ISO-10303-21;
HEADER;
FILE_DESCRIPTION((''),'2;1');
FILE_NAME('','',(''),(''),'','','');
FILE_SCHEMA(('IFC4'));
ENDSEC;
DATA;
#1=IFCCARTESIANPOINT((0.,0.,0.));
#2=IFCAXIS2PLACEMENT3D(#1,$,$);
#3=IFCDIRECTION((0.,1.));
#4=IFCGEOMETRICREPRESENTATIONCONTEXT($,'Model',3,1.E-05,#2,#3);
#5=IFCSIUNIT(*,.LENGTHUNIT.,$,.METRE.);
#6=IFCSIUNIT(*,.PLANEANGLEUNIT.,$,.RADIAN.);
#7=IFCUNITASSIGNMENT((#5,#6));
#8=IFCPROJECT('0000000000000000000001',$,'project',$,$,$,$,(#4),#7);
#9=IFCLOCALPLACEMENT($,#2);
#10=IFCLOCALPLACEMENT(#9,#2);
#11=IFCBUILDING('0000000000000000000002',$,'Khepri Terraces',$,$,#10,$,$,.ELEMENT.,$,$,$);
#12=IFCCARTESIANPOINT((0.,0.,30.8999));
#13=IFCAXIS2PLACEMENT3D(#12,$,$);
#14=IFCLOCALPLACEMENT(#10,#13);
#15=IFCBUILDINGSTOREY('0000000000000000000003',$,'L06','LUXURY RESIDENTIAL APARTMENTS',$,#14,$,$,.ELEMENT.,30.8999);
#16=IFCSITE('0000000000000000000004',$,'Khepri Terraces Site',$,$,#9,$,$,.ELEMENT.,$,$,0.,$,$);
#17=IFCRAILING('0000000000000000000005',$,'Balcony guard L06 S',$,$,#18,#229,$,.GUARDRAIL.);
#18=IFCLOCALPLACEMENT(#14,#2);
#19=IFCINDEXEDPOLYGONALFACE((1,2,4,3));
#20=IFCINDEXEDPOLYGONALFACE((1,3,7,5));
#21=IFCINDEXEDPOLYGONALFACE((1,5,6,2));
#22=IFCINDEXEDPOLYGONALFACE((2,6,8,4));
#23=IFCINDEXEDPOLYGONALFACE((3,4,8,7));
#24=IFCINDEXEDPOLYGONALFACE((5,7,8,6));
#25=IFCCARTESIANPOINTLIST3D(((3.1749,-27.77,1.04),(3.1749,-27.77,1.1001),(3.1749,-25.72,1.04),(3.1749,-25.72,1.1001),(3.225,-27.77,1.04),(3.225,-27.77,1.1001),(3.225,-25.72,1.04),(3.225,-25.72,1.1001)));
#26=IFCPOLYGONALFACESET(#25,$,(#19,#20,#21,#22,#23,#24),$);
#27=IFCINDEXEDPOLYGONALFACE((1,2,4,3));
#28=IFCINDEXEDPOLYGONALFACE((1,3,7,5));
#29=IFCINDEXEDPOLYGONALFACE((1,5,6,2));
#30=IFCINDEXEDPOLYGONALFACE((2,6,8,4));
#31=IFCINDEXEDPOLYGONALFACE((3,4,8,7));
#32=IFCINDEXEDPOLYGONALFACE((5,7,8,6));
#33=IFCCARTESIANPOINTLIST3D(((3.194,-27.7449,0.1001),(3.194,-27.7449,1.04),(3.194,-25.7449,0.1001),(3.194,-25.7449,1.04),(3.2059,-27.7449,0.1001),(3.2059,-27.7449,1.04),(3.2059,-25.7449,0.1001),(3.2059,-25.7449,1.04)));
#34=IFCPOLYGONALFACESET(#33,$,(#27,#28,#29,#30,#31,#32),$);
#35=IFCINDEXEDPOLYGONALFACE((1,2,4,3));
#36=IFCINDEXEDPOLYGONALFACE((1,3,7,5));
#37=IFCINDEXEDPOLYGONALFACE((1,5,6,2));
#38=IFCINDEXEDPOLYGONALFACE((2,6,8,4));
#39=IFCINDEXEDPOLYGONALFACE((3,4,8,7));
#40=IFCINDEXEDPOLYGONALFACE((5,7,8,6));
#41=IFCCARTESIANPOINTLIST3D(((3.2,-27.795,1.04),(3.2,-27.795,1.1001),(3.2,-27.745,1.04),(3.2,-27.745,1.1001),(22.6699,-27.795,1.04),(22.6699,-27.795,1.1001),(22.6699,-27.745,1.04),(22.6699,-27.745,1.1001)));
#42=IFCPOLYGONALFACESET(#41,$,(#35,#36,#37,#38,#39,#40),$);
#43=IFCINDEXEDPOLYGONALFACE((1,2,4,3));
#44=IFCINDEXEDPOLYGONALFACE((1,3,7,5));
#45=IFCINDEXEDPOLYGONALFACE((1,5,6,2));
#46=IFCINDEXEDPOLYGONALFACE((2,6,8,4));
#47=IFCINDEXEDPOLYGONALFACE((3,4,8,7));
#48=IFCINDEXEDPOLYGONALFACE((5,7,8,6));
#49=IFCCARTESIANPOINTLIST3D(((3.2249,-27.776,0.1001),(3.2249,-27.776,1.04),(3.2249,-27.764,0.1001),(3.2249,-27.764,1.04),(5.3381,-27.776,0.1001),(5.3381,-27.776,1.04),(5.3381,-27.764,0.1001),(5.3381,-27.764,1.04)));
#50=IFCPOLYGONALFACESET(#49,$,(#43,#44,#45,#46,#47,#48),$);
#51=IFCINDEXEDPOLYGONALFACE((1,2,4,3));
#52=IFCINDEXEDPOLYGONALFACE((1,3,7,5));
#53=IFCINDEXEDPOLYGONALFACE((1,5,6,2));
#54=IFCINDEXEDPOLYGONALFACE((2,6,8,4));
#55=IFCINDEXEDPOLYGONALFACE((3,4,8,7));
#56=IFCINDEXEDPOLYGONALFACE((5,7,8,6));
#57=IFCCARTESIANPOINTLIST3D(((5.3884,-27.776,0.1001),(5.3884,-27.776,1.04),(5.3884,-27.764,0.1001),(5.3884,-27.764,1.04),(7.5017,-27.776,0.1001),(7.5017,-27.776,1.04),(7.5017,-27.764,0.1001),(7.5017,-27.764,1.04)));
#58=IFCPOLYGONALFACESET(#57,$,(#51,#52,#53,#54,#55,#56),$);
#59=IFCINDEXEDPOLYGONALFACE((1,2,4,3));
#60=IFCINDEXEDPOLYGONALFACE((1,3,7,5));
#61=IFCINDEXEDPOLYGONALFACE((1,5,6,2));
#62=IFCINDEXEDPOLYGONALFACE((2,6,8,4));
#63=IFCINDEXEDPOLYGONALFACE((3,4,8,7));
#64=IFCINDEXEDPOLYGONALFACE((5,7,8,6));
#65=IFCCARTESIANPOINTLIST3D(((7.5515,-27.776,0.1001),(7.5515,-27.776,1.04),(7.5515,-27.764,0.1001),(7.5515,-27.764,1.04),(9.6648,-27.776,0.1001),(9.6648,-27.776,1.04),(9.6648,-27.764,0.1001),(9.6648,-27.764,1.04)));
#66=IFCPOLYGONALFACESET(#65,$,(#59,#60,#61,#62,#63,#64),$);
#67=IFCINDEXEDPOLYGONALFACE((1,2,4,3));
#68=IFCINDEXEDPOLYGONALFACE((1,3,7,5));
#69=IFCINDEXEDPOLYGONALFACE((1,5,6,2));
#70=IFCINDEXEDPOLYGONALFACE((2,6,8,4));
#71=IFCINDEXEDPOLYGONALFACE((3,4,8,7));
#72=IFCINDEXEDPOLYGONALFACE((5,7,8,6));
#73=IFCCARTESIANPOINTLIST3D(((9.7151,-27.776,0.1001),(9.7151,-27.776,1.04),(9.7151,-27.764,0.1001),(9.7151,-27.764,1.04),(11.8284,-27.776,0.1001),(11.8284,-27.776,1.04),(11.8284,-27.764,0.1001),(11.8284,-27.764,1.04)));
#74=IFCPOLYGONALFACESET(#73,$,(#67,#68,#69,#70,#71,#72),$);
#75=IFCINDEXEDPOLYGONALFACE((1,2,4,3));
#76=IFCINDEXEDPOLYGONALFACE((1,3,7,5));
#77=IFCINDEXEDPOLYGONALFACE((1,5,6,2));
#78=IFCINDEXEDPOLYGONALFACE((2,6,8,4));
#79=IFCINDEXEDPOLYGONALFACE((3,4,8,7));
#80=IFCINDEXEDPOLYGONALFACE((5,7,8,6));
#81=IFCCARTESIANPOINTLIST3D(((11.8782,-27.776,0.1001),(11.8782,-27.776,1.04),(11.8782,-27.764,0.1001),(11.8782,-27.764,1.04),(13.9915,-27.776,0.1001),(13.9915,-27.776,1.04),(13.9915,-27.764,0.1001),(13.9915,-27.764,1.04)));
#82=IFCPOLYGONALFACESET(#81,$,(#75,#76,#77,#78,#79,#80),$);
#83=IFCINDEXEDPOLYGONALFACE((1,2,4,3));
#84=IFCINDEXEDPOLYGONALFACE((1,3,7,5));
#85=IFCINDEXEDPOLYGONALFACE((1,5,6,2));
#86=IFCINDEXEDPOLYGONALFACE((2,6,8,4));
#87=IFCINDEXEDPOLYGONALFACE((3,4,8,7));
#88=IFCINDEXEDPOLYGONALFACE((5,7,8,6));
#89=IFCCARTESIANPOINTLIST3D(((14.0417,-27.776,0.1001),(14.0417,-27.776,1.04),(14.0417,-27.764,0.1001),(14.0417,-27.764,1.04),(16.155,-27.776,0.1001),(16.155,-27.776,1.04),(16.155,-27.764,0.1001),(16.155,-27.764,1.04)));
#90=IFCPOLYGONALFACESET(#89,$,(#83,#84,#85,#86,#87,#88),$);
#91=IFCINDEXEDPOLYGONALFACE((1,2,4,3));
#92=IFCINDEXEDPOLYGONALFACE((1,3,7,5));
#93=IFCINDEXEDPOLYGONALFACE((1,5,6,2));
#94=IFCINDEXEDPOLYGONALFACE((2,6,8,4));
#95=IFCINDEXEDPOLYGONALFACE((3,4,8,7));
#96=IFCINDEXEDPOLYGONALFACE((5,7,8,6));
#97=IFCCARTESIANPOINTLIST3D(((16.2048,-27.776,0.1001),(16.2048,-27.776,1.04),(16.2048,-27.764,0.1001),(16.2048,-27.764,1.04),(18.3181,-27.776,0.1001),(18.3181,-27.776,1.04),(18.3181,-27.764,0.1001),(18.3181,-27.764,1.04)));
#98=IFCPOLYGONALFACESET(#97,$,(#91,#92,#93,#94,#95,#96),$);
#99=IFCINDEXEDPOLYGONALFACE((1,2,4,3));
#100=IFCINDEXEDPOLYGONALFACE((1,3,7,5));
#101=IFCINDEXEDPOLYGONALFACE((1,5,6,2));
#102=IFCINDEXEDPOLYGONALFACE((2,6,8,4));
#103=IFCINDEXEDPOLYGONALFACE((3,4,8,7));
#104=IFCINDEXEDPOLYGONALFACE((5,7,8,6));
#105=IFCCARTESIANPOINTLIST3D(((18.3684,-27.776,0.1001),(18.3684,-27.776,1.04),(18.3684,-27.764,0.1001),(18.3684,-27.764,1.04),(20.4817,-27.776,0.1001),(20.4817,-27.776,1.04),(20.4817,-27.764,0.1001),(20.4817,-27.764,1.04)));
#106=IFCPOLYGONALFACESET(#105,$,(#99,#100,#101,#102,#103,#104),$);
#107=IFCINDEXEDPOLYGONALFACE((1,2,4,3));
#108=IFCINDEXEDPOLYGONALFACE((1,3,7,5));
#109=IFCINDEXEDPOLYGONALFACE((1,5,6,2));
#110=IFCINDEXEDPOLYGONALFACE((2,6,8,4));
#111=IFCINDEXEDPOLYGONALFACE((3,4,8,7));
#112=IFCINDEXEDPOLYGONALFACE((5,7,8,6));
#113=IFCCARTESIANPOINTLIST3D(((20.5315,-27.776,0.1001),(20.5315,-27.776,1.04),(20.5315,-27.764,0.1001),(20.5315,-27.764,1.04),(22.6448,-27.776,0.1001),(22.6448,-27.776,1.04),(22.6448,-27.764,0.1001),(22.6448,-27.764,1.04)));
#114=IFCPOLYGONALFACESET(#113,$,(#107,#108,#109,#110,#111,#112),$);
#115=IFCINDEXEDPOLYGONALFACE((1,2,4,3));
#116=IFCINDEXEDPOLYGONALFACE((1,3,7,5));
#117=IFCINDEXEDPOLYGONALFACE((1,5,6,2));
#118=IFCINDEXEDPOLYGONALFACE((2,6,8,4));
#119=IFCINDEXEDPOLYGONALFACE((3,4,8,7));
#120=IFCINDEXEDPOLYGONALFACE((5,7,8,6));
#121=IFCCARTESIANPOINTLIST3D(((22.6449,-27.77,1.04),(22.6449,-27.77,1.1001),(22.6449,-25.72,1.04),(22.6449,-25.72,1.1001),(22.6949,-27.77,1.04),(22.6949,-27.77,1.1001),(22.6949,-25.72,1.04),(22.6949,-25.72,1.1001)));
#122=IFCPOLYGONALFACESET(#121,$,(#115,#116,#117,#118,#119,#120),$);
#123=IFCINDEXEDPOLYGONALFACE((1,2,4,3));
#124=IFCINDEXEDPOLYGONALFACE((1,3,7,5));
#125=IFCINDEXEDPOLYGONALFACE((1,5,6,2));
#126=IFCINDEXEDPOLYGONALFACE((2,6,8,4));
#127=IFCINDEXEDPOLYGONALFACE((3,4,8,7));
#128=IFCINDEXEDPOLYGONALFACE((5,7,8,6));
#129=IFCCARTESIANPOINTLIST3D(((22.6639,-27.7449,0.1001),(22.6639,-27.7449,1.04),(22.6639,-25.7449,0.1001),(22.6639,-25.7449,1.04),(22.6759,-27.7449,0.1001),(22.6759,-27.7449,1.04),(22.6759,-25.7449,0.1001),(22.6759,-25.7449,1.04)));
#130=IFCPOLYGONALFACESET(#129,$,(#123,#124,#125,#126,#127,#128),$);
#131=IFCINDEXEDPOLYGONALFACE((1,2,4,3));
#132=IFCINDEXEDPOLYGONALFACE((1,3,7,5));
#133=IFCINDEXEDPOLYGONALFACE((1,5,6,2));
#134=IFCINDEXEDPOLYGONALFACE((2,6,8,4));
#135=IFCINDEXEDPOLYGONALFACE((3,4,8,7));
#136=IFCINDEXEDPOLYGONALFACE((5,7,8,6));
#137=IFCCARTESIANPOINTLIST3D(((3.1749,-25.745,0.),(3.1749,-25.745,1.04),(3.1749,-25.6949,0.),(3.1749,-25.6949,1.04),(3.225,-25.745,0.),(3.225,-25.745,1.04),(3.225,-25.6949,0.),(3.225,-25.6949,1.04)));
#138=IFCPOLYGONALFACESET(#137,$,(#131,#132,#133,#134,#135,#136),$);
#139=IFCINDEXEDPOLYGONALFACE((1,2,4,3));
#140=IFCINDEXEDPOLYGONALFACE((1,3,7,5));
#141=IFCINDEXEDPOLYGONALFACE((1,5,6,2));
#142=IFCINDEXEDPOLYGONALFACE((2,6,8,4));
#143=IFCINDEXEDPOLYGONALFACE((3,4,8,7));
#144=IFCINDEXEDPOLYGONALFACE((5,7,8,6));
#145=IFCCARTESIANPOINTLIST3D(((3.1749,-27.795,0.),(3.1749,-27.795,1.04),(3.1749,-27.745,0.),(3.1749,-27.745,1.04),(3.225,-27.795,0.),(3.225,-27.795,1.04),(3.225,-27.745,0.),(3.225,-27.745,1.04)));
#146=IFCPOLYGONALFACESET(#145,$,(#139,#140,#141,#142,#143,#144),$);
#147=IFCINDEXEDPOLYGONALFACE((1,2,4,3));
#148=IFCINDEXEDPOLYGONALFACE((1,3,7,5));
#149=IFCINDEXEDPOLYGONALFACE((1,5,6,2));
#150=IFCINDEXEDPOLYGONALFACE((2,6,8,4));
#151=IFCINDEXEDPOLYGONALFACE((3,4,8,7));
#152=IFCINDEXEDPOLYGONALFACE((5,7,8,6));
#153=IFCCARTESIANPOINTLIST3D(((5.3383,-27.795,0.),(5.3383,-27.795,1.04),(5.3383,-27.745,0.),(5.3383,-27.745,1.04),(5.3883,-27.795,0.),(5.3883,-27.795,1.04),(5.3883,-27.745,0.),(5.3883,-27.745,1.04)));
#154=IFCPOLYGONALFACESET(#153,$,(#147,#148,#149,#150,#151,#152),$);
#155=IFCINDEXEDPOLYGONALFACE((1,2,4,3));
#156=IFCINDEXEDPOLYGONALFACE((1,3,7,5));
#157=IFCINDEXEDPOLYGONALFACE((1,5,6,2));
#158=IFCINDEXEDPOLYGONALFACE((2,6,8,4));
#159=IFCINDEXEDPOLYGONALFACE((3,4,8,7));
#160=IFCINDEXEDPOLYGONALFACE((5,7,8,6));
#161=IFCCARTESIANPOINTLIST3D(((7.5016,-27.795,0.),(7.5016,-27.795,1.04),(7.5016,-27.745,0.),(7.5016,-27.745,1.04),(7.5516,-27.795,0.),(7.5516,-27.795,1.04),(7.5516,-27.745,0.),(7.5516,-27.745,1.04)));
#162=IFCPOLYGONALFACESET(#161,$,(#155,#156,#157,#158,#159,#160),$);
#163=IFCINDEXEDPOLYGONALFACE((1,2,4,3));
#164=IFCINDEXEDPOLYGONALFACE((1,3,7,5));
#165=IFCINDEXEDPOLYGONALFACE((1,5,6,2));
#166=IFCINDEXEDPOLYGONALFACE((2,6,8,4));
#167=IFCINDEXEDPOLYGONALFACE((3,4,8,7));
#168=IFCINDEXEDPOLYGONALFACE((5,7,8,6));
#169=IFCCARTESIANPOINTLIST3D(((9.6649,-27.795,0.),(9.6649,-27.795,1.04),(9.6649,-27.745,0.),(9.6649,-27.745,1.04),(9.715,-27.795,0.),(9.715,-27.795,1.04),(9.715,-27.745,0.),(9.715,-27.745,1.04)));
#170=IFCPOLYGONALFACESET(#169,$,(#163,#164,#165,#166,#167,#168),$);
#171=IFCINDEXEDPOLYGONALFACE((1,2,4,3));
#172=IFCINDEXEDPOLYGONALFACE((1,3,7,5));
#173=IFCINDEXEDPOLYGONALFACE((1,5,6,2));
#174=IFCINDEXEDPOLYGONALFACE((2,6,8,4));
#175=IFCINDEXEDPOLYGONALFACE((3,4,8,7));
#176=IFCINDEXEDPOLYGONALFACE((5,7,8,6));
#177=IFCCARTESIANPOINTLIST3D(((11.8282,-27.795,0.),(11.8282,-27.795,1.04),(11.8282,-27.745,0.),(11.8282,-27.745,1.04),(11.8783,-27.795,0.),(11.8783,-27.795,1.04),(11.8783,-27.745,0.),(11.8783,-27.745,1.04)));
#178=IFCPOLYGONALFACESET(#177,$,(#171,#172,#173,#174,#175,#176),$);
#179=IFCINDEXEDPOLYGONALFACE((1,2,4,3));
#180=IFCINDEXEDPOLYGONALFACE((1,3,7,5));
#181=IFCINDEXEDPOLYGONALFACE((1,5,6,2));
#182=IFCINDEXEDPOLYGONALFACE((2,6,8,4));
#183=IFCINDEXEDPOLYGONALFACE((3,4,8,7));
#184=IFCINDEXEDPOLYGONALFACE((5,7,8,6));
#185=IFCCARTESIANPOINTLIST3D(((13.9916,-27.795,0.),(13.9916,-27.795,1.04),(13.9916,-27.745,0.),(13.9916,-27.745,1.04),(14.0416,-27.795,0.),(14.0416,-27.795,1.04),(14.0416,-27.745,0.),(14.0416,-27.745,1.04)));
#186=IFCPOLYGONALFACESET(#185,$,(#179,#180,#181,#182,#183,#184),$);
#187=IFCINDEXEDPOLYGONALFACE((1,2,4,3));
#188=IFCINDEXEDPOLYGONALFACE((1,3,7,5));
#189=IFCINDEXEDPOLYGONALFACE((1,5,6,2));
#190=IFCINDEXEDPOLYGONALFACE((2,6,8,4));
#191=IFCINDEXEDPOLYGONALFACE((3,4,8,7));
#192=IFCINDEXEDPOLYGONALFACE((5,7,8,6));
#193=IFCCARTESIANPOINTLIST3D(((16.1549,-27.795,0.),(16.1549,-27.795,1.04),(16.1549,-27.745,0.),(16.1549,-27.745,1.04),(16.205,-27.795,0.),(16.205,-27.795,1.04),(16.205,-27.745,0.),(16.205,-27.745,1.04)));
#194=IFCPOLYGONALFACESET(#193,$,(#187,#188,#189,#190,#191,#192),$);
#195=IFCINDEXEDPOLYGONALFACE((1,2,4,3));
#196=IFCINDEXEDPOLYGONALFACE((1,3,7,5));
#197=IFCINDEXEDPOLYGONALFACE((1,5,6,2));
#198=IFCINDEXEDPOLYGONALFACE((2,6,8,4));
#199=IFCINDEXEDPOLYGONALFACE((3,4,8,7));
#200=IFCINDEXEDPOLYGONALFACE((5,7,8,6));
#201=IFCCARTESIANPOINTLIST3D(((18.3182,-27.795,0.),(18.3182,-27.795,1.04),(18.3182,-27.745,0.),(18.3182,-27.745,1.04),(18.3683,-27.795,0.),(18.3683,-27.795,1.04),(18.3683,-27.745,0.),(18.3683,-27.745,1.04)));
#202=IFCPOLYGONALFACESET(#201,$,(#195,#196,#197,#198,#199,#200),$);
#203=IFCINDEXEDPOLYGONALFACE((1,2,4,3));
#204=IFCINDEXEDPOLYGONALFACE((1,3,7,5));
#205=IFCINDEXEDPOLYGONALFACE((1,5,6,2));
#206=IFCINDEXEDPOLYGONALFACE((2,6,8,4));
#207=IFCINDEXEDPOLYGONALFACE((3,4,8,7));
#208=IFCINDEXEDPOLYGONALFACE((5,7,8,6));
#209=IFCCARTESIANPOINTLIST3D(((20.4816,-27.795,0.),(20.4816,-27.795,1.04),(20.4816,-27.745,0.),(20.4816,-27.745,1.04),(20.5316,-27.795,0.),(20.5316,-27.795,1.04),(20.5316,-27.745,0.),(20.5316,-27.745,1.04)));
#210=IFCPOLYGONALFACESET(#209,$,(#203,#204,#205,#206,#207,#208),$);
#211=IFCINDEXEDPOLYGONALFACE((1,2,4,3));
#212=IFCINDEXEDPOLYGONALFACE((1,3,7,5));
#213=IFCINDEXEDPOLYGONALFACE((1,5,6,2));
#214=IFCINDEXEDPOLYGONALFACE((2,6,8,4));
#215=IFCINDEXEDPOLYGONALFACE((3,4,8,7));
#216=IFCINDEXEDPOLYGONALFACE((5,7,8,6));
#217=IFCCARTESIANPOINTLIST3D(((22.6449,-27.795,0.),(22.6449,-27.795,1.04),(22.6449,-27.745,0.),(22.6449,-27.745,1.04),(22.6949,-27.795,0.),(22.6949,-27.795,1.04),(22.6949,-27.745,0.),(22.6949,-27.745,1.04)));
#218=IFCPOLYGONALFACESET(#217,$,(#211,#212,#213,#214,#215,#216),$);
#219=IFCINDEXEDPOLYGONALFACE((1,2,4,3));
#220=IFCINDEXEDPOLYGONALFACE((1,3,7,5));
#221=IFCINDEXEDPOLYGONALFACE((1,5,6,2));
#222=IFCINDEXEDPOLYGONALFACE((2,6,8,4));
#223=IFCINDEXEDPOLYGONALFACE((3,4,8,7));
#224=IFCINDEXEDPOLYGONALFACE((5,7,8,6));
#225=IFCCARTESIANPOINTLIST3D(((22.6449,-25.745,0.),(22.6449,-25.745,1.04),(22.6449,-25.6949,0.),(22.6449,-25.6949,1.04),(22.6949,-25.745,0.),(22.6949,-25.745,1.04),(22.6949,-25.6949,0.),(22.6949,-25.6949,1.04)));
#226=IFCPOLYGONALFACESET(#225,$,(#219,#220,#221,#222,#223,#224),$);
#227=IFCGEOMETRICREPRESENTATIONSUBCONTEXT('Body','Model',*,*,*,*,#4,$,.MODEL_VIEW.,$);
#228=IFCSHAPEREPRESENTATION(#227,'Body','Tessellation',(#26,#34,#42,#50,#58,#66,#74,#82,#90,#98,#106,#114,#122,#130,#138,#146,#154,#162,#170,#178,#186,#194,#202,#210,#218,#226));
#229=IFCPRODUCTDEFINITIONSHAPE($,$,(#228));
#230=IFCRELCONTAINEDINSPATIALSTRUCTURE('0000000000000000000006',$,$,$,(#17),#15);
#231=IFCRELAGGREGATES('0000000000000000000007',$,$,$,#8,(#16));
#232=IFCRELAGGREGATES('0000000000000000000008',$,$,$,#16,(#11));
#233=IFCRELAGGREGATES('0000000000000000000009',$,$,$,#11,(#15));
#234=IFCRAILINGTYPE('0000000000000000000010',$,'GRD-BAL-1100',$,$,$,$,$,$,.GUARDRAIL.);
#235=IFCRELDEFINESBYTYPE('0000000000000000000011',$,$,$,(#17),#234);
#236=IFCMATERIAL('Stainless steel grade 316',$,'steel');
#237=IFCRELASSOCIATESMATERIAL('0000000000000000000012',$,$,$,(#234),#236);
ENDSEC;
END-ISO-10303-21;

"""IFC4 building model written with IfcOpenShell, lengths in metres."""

from ifc_helpers import new_model, si_unit, direction, frame, origin, origin_2d, place, context, subcontext, project, spatial, rectangle, extrude, material, type_object, element, save


model = new_model("IFC4")

# Units and contexts
model_context = context("Model", 3, precision=1e-05, world=origin(), true_north=direction((0.0, 1.0)))
body_context = subcontext(model_context, "Body", "Model", "MODEL_VIEW")
ifc_project = project(units=[si_unit("LENGTHUNIT", "METRE"), si_unit("PLANEANGLEUNIT", "RADIAN")], contexts=[model_context])

# Site, building, storey
site_placement = place(None, origin())
site = spatial("IfcSite", under=ifc_project, at=site_placement, Name="Khepri Terraces Site", CompositionType="ELEMENT", RefElevation=0.0)
building_placement = place(site_placement, origin())
building = spatial("IfcBuilding", under=site, at=building_placement, Name="Khepri Terraces", CompositionType="ELEMENT")
storey_placement = place(building_placement, frame((0.0, 0.0, 30.8999)))
storey = spatial("IfcBuildingStorey", under=building, at=storey_placement, Name="L06", Description="LUXURY RESIDENTIAL APARTMENTS", CompositionType="ELEMENT", Elevation=30.8999)

# Railing
ifc_material_1 = material(Name="Stainless steel grade 316", Category="steel")
railing_type = type_object("IfcRailingType", Name="GRD-BAL-1100", PredefinedType="GUARDRAIL", material=ifc_material_1)
railing_placement = place(storey_placement, frame((3.2, -25.72, 0.0)))
element("IfcRailing", 1, at=railing_placement, inside=storey, type_object=railing_type, Name="Balcony guard L06 S", PredefinedType="GUARDRAIL", context=body_context, shape_type="SweptSolid", body=[
    extrude(rectangle(XDim=0.05, YDim=0.0601, at=origin_2d()), frame((0.0, 0.0, 1.0701), z_axis=(0.0, -1.0, 0.0), x_axis=(1.0, 0.0, 0.0)), (0.0, 0.0, 1.0), 2.05),
    extrude(rectangle(XDim=2.0, YDim=0.012, at=origin_2d()), frame((0.0, -1.0249, 0.1001), z_axis=(0.0, 0.0, 1.0), x_axis=(0.0, -1.0, 0.0)), (0.0, 0.0, 1.0), 0.9399),
    extrude(rectangle(XDim=0.05, YDim=0.0601, at=origin_2d()), frame((0.0, -2.05, 1.0701), z_axis=(1.0, 0.0, 0.0), x_axis=(0.0, 1.0, 0.0)), (0.0, 0.0, 1.0), 19.47),
    extrude(rectangle(XDim=2.1133, YDim=0.012, at=origin_2d()), frame((1.0815, -2.05, 0.1001), z_axis=(0.0, 0.0, 1.0), x_axis=(1.0, 0.0, 0.0)), (0.0, 0.0, 1.0), 0.9399),
    extrude(rectangle(XDim=2.1133, YDim=0.012, at=origin_2d()), frame((3.2451, -2.05, 0.1001), z_axis=(0.0, 0.0, 1.0), x_axis=(1.0, 0.0, 0.0)), (0.0, 0.0, 1.0), 0.9399),
    extrude(rectangle(XDim=2.1133, YDim=0.012, at=origin_2d()), frame((5.4082, -2.05, 0.1001), z_axis=(0.0, 0.0, 1.0), x_axis=(1.0, 0.0, 0.0)), (0.0, 0.0, 1.0), 0.9399),
    extrude(rectangle(XDim=2.1133, YDim=0.012, at=origin_2d()), frame((7.5718, -2.05, 0.1001), z_axis=(0.0, 0.0, 1.0), x_axis=(1.0, 0.0, 0.0)), (0.0, 0.0, 1.0), 0.9399),
    extrude(rectangle(XDim=2.1133, YDim=0.012, at=origin_2d()), frame((9.7349, -2.05, 0.1001), z_axis=(0.0, 0.0, 1.0), x_axis=(1.0, 0.0, 0.0)), (0.0, 0.0, 1.0), 0.9399),
    extrude(rectangle(XDim=2.1133, YDim=0.012, at=origin_2d()), frame((11.8984, -2.05, 0.1001), z_axis=(0.0, 0.0, 1.0), x_axis=(1.0, 0.0, 0.0)), (0.0, 0.0, 1.0), 0.9399),
    extrude(rectangle(XDim=2.1133, YDim=0.012, at=origin_2d()), frame((14.0615, -2.05, 0.1001), z_axis=(0.0, 0.0, 1.0), x_axis=(1.0, 0.0, 0.0)), (0.0, 0.0, 1.0), 0.9399),
    extrude(rectangle(XDim=2.1133, YDim=0.012, at=origin_2d()), frame((16.2251, -2.05, 0.1001), z_axis=(0.0, 0.0, 1.0), x_axis=(1.0, 0.0, 0.0)), (0.0, 0.0, 1.0), 0.9399),
    extrude(rectangle(XDim=2.1133, YDim=0.012, at=origin_2d()), frame((18.3882, -2.05, 0.1001), z_axis=(0.0, 0.0, 1.0), x_axis=(1.0, 0.0, 0.0)), (0.0, 0.0, 1.0), 0.9399),
    extrude(rectangle(XDim=0.05, YDim=0.0601, at=origin_2d()), frame((19.47, -2.05, 1.0701), z_axis=(0.0, 1.0, 0.0), x_axis=(-1.0, 0.0, 0.0)), (0.0, 0.0, 1.0), 2.05),
    extrude(rectangle(XDim=2.0, YDim=0.012, at=origin_2d()), frame((19.47, -1.0249, 0.1001), z_axis=(0.0, 0.0, 1.0), x_axis=(0.0, 1.0, 0.0)), (0.0, 0.0, 1.0), 0.9399),
    extrude(rectangle(XDim=0.05, YDim=0.05, at=origin_2d()), origin(), (0.0, 0.0, 1.0), 1.04),
    extrude(rectangle(XDim=0.05, YDim=0.05, at=origin_2d()), frame((0.0, -2.05, 0.0)), (0.0, 0.0, 1.0), 1.04),
    extrude(rectangle(XDim=0.05, YDim=0.05, at=origin_2d()), frame((2.1633, -2.05, 0.0)), (0.0, 0.0, 1.0), 1.04),
    extrude(rectangle(XDim=0.05, YDim=0.05, at=origin_2d()), frame((4.3267, -2.05, 0.0)), (0.0, 0.0, 1.0), 1.04),
    extrude(rectangle(XDim=0.05, YDim=0.05, at=origin_2d()), frame((6.49, -2.05, 0.0)), (0.0, 0.0, 1.0), 1.04),
    extrude(rectangle(XDim=0.05, YDim=0.05, at=origin_2d()), frame((8.6533, -2.05, 0.0)), (0.0, 0.0, 1.0), 1.04),
    extrude(rectangle(XDim=0.05, YDim=0.05, at=origin_2d()), frame((10.8167, -2.05, 0.0)), (0.0, 0.0, 1.0), 1.04),
    extrude(rectangle(XDim=0.05, YDim=0.05, at=origin_2d()), frame((12.98, -2.05, 0.0)), (0.0, 0.0, 1.0), 1.04),
    extrude(rectangle(XDim=0.05, YDim=0.05, at=origin_2d()), frame((15.1433, -2.05, 0.0)), (0.0, 0.0, 1.0), 1.04),
    extrude(rectangle(XDim=0.05, YDim=0.05, at=origin_2d()), frame((17.3066, -2.05, 0.0)), (0.0, 0.0, 1.0), 1.04),
    extrude(rectangle(XDim=0.05, YDim=0.05, at=origin_2d()), frame((19.47, -2.05, 0.0)), (0.0, 0.0, 1.0), 1.04),
    extrude(rectangle(XDim=0.05, YDim=0.05, at=origin_2d()), frame((19.47, 0.0, 0.0)), (0.0, 0.0, 1.0), 1.04),
])

save(model, "model.ifc")
